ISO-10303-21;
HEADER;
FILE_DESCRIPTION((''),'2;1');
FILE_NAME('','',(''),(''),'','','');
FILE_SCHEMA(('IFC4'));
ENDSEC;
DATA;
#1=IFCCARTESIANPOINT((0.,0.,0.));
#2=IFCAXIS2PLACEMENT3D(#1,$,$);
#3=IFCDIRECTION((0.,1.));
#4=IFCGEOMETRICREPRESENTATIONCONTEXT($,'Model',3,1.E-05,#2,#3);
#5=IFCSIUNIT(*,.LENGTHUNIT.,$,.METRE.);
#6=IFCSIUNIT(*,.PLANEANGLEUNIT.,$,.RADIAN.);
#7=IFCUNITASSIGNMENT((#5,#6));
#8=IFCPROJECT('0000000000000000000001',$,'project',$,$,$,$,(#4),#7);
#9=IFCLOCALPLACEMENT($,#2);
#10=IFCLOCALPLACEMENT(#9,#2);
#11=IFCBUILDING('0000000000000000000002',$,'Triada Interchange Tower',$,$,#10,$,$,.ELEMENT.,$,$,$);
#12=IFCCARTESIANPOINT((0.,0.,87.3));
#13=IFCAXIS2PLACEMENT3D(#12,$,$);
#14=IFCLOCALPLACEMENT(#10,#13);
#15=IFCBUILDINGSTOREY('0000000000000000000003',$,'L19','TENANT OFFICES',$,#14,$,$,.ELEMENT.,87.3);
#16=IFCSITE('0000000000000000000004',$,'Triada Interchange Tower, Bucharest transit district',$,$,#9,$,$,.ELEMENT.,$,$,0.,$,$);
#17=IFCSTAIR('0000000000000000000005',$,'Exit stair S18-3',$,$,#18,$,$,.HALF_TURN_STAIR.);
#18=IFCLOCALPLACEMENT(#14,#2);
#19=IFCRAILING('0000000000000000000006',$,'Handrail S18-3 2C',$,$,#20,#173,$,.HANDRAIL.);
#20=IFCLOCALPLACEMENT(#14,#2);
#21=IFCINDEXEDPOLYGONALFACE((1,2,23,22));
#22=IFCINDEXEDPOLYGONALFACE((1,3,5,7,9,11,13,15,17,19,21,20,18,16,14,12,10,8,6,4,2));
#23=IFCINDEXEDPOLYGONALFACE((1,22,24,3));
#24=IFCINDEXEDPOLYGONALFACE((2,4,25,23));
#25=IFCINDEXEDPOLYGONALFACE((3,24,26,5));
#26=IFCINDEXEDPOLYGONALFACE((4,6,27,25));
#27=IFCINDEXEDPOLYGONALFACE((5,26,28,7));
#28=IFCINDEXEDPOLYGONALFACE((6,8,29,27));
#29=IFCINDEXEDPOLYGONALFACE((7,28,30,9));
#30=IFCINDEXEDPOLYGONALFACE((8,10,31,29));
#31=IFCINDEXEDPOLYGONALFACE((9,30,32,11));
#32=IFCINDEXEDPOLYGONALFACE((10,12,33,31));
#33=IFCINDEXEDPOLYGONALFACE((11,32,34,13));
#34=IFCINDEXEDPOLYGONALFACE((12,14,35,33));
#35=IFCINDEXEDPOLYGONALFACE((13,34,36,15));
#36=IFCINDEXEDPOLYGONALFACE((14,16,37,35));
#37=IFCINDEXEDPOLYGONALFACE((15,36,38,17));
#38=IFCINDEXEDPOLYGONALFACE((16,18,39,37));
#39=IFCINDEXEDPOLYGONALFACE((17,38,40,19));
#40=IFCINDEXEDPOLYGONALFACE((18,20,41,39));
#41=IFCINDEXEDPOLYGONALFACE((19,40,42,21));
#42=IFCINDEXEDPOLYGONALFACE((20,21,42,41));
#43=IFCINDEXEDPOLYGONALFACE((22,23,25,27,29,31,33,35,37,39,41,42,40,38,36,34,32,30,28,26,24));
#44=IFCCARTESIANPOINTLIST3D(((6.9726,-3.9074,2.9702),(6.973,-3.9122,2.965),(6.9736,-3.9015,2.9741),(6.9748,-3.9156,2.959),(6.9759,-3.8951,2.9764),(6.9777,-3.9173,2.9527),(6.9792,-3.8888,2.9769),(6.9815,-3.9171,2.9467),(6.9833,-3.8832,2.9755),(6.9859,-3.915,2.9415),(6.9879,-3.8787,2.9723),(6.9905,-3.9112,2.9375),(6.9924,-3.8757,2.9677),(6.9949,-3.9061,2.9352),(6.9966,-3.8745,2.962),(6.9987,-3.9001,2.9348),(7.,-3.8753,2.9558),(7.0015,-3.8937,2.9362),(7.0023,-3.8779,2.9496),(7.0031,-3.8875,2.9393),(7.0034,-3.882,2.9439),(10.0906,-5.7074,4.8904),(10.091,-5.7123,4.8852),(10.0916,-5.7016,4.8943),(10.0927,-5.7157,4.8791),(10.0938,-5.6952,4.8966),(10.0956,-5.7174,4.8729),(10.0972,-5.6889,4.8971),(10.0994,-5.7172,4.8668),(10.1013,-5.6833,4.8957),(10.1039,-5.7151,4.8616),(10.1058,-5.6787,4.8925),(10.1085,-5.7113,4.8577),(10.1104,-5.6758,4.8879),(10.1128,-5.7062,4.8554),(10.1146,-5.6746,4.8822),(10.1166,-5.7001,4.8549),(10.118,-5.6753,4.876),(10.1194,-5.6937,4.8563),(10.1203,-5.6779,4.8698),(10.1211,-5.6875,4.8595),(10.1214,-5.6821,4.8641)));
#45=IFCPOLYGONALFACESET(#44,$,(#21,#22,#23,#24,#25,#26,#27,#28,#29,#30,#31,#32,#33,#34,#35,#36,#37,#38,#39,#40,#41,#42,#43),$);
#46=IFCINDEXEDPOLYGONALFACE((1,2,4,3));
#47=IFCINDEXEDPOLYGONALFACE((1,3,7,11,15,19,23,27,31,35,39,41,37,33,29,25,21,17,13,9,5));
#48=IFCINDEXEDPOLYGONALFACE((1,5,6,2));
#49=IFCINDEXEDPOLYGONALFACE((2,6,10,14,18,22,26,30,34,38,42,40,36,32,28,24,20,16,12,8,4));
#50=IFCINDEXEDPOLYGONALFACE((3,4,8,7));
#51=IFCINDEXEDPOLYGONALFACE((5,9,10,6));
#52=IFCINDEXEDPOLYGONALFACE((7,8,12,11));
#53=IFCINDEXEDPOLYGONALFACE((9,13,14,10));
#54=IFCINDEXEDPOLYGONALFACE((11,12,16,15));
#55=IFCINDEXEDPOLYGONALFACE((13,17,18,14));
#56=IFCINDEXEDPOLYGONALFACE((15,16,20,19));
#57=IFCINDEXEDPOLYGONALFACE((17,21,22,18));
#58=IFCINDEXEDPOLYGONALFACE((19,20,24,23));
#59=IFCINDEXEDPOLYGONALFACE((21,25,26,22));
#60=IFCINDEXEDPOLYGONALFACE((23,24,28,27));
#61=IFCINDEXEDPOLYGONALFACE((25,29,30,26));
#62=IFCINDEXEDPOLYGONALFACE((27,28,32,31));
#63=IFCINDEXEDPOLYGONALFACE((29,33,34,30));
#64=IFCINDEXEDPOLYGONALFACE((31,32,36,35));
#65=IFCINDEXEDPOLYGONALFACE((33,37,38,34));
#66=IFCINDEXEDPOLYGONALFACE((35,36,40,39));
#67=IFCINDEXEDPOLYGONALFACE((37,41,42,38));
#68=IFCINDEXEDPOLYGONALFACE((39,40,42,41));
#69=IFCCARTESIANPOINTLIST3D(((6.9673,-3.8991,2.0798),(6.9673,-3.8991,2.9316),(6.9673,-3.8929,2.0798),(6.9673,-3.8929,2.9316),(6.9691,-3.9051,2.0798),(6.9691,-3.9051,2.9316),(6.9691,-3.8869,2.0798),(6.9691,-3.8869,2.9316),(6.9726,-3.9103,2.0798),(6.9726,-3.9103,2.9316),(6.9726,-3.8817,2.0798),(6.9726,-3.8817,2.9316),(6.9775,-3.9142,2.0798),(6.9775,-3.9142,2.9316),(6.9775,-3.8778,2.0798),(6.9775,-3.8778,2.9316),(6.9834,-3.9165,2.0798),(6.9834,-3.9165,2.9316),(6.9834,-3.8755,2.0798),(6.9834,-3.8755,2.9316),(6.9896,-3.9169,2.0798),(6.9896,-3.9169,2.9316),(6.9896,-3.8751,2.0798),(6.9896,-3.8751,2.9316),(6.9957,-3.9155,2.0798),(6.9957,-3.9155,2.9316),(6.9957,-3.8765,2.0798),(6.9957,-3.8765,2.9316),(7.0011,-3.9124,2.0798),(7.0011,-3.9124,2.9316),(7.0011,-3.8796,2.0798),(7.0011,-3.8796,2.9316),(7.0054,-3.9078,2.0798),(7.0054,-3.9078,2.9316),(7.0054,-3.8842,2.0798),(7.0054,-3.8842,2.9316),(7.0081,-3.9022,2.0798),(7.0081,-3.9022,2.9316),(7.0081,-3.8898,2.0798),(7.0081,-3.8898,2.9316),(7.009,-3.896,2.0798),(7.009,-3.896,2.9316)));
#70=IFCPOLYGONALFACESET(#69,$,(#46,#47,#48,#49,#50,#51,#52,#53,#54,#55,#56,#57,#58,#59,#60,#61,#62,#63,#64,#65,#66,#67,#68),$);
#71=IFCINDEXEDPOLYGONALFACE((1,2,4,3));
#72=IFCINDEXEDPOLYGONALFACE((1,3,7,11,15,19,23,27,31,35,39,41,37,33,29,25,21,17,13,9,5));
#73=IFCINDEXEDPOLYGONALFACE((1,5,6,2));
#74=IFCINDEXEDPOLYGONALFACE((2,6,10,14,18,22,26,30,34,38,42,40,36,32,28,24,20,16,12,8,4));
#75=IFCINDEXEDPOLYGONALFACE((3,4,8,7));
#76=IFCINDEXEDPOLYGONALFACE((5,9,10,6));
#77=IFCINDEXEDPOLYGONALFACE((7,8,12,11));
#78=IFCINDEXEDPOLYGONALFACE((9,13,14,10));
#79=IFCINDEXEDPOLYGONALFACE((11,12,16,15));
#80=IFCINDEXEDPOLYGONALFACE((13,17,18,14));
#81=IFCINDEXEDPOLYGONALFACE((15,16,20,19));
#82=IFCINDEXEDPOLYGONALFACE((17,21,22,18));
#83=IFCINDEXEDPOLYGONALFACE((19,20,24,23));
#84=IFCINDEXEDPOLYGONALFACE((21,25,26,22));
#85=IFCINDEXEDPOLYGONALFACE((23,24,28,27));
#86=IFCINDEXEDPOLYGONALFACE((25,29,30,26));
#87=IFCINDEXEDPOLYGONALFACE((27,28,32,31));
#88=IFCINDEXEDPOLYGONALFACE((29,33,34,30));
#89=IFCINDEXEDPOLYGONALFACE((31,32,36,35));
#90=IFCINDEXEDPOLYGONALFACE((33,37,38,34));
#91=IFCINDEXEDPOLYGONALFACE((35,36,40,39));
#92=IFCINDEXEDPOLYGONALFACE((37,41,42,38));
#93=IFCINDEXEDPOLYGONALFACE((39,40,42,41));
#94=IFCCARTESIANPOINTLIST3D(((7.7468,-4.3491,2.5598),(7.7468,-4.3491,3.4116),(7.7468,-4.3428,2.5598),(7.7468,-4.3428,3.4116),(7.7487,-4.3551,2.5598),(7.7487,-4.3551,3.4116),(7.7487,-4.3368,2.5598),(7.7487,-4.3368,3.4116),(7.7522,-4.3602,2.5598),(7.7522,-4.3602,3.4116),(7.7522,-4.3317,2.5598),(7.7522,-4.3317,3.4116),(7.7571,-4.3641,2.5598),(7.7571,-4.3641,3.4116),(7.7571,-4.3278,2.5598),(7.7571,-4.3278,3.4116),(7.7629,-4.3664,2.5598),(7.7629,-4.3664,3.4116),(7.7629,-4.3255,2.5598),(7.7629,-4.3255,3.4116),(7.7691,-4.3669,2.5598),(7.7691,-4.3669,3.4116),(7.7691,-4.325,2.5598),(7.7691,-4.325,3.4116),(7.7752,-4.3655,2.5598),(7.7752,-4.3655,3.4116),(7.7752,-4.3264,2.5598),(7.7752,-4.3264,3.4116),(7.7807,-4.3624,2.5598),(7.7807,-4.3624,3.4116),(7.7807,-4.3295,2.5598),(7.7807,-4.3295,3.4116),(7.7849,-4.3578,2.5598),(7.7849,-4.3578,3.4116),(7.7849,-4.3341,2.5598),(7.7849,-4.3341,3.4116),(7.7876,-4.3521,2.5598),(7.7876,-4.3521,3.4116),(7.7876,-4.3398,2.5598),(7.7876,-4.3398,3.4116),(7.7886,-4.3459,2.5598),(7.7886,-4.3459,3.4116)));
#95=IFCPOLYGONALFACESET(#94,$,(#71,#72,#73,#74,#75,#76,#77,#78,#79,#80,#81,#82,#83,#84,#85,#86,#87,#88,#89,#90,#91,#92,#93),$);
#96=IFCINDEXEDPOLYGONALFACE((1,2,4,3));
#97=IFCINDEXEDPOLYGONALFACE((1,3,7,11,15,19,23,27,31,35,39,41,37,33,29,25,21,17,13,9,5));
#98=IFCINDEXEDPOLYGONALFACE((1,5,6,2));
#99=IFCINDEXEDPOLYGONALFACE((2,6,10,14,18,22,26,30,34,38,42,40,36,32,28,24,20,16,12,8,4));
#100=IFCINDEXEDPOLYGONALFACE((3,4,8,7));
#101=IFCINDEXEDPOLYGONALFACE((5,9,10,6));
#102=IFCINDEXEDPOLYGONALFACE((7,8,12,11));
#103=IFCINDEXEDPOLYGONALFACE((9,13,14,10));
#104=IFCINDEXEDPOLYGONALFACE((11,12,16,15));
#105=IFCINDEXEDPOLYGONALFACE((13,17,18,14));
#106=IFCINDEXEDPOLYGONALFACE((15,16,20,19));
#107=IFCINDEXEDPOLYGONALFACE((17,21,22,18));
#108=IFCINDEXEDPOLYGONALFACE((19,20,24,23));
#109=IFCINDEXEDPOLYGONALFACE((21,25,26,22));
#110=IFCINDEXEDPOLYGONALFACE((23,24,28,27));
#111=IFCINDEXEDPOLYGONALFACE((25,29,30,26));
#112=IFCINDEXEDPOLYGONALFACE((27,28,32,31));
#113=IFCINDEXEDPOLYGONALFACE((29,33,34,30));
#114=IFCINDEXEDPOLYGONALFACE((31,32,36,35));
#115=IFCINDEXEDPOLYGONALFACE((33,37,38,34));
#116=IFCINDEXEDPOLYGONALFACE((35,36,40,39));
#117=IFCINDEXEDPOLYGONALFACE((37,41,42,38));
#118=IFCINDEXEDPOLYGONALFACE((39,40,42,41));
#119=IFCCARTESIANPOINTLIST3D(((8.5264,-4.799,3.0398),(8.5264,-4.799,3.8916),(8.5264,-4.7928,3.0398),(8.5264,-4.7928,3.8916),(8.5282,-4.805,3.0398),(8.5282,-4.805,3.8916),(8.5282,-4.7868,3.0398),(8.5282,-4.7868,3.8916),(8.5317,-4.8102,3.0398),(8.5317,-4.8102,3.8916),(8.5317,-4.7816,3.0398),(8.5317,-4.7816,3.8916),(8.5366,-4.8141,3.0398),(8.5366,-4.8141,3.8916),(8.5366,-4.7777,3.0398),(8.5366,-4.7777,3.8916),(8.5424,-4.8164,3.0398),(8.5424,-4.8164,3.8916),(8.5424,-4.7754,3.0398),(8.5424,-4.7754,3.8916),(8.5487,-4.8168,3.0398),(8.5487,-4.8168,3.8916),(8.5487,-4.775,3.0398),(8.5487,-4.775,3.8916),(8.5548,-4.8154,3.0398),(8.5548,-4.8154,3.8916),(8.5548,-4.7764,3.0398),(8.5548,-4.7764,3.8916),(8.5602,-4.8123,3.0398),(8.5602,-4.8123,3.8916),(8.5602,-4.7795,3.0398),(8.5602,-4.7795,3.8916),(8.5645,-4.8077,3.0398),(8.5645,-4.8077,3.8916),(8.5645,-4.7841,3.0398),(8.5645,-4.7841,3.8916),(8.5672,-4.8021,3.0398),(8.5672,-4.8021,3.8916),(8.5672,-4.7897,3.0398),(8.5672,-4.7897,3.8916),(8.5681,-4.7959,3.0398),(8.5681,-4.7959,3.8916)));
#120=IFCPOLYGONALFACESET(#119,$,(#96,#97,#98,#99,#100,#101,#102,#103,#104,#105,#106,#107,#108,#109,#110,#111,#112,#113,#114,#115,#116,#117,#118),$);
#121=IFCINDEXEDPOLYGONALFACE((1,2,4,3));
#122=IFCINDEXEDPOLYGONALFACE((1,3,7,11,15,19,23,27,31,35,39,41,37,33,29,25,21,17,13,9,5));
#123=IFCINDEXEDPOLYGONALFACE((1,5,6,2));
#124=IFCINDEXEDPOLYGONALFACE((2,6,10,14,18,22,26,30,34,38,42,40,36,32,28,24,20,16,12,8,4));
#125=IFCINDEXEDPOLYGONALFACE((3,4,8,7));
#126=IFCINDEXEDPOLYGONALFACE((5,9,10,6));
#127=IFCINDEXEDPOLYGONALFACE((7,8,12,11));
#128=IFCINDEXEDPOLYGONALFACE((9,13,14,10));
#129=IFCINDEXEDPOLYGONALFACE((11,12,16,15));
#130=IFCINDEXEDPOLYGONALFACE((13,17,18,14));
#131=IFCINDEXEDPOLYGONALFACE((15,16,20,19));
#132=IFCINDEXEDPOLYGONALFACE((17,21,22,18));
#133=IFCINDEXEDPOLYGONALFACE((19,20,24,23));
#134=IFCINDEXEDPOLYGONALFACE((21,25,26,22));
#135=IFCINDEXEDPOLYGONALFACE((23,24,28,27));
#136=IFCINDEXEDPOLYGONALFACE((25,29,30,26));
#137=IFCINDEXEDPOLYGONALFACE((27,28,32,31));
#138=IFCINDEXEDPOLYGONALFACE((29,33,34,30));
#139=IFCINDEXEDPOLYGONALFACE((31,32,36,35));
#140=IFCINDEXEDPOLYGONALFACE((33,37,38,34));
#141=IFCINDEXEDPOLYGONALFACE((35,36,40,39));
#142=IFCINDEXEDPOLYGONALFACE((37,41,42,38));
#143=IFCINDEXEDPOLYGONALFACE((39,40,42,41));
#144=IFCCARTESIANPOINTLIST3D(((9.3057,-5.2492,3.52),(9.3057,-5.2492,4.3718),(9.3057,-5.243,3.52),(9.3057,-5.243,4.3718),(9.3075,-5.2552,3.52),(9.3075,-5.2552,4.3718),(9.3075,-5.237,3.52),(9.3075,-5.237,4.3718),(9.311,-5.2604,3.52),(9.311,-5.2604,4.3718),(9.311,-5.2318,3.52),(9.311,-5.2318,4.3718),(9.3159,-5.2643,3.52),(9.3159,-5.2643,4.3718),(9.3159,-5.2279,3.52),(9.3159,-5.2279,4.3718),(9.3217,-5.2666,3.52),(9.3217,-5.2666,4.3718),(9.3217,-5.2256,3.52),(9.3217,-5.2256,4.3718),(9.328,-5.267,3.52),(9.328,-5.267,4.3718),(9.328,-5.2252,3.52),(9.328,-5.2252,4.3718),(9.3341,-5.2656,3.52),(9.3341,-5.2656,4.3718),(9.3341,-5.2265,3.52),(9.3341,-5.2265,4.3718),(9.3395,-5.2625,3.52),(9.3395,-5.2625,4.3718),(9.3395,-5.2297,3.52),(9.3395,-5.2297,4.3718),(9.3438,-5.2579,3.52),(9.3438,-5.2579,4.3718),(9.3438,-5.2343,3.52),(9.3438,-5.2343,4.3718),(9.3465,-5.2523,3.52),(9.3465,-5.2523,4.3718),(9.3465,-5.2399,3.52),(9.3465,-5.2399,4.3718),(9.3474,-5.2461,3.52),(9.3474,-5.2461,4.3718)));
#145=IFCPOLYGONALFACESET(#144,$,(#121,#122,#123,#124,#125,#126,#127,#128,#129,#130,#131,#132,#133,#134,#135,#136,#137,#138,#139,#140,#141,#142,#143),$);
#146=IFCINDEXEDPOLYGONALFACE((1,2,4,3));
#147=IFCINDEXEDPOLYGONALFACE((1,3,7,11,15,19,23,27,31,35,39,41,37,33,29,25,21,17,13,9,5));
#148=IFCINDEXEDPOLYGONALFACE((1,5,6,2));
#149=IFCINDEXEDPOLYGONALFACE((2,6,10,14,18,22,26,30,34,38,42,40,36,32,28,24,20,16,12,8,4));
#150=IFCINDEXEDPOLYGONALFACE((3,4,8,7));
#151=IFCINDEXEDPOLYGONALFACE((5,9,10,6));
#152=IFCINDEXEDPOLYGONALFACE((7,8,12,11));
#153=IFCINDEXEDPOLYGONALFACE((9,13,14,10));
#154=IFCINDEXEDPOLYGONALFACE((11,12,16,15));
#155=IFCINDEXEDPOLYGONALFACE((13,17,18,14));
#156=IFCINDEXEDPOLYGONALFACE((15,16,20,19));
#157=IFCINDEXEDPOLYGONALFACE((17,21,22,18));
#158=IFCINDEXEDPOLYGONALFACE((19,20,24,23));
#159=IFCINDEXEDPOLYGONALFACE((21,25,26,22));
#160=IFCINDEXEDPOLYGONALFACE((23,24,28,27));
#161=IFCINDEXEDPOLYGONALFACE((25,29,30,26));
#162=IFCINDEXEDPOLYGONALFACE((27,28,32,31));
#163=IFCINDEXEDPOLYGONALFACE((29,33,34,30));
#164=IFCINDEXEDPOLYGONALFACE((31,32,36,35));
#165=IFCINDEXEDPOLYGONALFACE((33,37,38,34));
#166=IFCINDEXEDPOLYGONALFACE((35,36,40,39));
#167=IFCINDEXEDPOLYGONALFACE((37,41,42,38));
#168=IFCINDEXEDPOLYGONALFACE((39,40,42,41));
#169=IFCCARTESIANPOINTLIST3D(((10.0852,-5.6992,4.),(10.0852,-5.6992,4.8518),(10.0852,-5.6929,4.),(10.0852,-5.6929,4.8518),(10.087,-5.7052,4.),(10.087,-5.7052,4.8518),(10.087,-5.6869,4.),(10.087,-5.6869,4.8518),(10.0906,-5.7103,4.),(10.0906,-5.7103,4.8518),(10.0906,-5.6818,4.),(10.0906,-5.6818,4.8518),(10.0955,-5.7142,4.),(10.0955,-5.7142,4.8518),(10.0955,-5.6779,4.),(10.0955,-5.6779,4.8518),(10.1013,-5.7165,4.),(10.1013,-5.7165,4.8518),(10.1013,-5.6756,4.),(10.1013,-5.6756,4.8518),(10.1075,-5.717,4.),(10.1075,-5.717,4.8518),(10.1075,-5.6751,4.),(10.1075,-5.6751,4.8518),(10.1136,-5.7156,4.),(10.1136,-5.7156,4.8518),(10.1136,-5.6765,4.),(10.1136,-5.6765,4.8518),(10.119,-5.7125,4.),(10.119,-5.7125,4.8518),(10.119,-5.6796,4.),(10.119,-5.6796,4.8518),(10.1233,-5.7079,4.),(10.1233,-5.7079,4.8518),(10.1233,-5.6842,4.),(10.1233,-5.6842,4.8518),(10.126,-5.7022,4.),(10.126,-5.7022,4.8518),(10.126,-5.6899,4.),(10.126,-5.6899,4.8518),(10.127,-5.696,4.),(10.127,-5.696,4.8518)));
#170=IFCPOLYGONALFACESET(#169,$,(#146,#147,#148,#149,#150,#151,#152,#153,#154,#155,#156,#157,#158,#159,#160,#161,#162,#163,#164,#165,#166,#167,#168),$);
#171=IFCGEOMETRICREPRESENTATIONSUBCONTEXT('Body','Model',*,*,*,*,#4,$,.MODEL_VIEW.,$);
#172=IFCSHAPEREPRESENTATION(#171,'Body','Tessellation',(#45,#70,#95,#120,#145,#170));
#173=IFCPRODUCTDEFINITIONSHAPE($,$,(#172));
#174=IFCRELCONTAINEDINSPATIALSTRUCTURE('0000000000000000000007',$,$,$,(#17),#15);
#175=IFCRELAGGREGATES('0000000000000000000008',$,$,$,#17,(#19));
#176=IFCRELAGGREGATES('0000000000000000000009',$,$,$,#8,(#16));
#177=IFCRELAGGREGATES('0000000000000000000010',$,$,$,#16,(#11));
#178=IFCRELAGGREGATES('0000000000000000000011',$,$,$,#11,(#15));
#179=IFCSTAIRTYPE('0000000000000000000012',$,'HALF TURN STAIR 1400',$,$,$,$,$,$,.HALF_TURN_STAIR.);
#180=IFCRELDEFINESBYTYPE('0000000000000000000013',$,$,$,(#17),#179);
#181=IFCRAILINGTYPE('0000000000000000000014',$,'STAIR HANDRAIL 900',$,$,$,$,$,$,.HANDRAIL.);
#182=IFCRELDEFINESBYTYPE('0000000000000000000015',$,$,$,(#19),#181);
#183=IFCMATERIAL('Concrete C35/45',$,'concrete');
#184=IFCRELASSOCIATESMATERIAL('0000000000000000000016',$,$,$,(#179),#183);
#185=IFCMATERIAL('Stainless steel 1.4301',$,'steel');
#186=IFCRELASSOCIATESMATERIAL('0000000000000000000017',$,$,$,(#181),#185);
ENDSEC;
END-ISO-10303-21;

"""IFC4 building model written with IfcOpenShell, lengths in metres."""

from ifc_helpers import new_model, si_unit, direction, frame, origin, origin_2d, place, context, subcontext, project, spatial, circle, extrude, material, type_object, element, aggregate, save


model = new_model("IFC4")

# Units and contexts
model_context = context("Model", 3, precision=1e-05, world=origin(), true_north=direction((0.0, 1.0)))
body_context = subcontext(model_context, "Body", "Model", "MODEL_VIEW")
ifc_project = project(units=[si_unit("LENGTHUNIT", "METRE"), si_unit("PLANEANGLEUNIT", "RADIAN")], contexts=[model_context])

# Site, building, storey
site_placement = place(None, origin())
site = spatial("IfcSite", under=ifc_project, at=site_placement, Name="Triada Interchange Tower, Bucharest transit district", CompositionType="ELEMENT", RefElevation=0.0)
building_placement = place(site_placement, origin())
building = spatial("IfcBuilding", under=site, at=building_placement, Name="Triada Interchange Tower", CompositionType="ELEMENT")
storey_placement = place(building_placement, frame((0.0, 0.0, 87.3)))
storey = spatial("IfcBuildingStorey", under=building, at=storey_placement, Name="L19", Description="TENANT OFFICES", CompositionType="ELEMENT", Elevation=87.3)

# Stair
ifc_material_1 = material(Name="Concrete C35/45", Category="concrete")
stair_type = type_object("IfcStairType", Name="HALF TURN STAIR 1400", PredefinedType="HALF_TURN_STAIR", material=ifc_material_1)
stair_placement = place(storey_placement, origin())
stair = element("IfcStair", 1, at=stair_placement, inside=storey, type_object=stair_type, Name="Exit stair S18-3", PredefinedType="HALF_TURN_STAIR")

# Railing
ifc_material_2 = material(Name="Stainless steel 1.4301", Category="steel")
railing_type = type_object("IfcRailingType", Name="STAIR HANDRAIL 900", PredefinedType="HANDRAIL", material=ifc_material_2)
railing_1_placement = place(storey_placement, frame((6.988, -3.896, 2.0798)))
railing_1 = element("IfcRailing", 2, at=railing_1_placement, type_object=railing_type, Name="Handrail S18-3 2C", PredefinedType="HANDRAIL", context=body_context, shape_type="SweptSolid", body=[
    extrude(circle(Radius=0.0239, at=origin_2d()), frame((0.0, 0.0, 0.876), z_axis=(0.764145, -0.441159, 0.470597), x_axis=(0.499983, 0.866035, 0.0)), (0.0, 0.0, 1.0), 4.0803),
    extrude(circle(Radius=0.021, at=origin_2d()), origin(), (0.0, 0.0, 1.0), 0.8518),
    extrude(circle(Radius=0.021, at=origin_2d()), frame((0.7795, -0.45, 0.48)), (0.0, 0.0, 1.0), 0.8518),
    extrude(circle(Radius=0.021, at=origin_2d()), frame((1.5591, -0.8999, 0.96)), (0.0, 0.0, 1.0), 0.8518),
    extrude(circle(Radius=0.021, at=origin_2d()), frame((2.3384, -1.3501, 1.4402)), (0.0, 0.0, 1.0), 0.8518),
    extrude(circle(Radius=0.021, at=origin_2d()), frame((3.1179, -1.8, 1.9202)), (0.0, 0.0, 1.0), 0.8518),
])
aggregate(stair, [railing_1])

save(model, "model.ifc")
